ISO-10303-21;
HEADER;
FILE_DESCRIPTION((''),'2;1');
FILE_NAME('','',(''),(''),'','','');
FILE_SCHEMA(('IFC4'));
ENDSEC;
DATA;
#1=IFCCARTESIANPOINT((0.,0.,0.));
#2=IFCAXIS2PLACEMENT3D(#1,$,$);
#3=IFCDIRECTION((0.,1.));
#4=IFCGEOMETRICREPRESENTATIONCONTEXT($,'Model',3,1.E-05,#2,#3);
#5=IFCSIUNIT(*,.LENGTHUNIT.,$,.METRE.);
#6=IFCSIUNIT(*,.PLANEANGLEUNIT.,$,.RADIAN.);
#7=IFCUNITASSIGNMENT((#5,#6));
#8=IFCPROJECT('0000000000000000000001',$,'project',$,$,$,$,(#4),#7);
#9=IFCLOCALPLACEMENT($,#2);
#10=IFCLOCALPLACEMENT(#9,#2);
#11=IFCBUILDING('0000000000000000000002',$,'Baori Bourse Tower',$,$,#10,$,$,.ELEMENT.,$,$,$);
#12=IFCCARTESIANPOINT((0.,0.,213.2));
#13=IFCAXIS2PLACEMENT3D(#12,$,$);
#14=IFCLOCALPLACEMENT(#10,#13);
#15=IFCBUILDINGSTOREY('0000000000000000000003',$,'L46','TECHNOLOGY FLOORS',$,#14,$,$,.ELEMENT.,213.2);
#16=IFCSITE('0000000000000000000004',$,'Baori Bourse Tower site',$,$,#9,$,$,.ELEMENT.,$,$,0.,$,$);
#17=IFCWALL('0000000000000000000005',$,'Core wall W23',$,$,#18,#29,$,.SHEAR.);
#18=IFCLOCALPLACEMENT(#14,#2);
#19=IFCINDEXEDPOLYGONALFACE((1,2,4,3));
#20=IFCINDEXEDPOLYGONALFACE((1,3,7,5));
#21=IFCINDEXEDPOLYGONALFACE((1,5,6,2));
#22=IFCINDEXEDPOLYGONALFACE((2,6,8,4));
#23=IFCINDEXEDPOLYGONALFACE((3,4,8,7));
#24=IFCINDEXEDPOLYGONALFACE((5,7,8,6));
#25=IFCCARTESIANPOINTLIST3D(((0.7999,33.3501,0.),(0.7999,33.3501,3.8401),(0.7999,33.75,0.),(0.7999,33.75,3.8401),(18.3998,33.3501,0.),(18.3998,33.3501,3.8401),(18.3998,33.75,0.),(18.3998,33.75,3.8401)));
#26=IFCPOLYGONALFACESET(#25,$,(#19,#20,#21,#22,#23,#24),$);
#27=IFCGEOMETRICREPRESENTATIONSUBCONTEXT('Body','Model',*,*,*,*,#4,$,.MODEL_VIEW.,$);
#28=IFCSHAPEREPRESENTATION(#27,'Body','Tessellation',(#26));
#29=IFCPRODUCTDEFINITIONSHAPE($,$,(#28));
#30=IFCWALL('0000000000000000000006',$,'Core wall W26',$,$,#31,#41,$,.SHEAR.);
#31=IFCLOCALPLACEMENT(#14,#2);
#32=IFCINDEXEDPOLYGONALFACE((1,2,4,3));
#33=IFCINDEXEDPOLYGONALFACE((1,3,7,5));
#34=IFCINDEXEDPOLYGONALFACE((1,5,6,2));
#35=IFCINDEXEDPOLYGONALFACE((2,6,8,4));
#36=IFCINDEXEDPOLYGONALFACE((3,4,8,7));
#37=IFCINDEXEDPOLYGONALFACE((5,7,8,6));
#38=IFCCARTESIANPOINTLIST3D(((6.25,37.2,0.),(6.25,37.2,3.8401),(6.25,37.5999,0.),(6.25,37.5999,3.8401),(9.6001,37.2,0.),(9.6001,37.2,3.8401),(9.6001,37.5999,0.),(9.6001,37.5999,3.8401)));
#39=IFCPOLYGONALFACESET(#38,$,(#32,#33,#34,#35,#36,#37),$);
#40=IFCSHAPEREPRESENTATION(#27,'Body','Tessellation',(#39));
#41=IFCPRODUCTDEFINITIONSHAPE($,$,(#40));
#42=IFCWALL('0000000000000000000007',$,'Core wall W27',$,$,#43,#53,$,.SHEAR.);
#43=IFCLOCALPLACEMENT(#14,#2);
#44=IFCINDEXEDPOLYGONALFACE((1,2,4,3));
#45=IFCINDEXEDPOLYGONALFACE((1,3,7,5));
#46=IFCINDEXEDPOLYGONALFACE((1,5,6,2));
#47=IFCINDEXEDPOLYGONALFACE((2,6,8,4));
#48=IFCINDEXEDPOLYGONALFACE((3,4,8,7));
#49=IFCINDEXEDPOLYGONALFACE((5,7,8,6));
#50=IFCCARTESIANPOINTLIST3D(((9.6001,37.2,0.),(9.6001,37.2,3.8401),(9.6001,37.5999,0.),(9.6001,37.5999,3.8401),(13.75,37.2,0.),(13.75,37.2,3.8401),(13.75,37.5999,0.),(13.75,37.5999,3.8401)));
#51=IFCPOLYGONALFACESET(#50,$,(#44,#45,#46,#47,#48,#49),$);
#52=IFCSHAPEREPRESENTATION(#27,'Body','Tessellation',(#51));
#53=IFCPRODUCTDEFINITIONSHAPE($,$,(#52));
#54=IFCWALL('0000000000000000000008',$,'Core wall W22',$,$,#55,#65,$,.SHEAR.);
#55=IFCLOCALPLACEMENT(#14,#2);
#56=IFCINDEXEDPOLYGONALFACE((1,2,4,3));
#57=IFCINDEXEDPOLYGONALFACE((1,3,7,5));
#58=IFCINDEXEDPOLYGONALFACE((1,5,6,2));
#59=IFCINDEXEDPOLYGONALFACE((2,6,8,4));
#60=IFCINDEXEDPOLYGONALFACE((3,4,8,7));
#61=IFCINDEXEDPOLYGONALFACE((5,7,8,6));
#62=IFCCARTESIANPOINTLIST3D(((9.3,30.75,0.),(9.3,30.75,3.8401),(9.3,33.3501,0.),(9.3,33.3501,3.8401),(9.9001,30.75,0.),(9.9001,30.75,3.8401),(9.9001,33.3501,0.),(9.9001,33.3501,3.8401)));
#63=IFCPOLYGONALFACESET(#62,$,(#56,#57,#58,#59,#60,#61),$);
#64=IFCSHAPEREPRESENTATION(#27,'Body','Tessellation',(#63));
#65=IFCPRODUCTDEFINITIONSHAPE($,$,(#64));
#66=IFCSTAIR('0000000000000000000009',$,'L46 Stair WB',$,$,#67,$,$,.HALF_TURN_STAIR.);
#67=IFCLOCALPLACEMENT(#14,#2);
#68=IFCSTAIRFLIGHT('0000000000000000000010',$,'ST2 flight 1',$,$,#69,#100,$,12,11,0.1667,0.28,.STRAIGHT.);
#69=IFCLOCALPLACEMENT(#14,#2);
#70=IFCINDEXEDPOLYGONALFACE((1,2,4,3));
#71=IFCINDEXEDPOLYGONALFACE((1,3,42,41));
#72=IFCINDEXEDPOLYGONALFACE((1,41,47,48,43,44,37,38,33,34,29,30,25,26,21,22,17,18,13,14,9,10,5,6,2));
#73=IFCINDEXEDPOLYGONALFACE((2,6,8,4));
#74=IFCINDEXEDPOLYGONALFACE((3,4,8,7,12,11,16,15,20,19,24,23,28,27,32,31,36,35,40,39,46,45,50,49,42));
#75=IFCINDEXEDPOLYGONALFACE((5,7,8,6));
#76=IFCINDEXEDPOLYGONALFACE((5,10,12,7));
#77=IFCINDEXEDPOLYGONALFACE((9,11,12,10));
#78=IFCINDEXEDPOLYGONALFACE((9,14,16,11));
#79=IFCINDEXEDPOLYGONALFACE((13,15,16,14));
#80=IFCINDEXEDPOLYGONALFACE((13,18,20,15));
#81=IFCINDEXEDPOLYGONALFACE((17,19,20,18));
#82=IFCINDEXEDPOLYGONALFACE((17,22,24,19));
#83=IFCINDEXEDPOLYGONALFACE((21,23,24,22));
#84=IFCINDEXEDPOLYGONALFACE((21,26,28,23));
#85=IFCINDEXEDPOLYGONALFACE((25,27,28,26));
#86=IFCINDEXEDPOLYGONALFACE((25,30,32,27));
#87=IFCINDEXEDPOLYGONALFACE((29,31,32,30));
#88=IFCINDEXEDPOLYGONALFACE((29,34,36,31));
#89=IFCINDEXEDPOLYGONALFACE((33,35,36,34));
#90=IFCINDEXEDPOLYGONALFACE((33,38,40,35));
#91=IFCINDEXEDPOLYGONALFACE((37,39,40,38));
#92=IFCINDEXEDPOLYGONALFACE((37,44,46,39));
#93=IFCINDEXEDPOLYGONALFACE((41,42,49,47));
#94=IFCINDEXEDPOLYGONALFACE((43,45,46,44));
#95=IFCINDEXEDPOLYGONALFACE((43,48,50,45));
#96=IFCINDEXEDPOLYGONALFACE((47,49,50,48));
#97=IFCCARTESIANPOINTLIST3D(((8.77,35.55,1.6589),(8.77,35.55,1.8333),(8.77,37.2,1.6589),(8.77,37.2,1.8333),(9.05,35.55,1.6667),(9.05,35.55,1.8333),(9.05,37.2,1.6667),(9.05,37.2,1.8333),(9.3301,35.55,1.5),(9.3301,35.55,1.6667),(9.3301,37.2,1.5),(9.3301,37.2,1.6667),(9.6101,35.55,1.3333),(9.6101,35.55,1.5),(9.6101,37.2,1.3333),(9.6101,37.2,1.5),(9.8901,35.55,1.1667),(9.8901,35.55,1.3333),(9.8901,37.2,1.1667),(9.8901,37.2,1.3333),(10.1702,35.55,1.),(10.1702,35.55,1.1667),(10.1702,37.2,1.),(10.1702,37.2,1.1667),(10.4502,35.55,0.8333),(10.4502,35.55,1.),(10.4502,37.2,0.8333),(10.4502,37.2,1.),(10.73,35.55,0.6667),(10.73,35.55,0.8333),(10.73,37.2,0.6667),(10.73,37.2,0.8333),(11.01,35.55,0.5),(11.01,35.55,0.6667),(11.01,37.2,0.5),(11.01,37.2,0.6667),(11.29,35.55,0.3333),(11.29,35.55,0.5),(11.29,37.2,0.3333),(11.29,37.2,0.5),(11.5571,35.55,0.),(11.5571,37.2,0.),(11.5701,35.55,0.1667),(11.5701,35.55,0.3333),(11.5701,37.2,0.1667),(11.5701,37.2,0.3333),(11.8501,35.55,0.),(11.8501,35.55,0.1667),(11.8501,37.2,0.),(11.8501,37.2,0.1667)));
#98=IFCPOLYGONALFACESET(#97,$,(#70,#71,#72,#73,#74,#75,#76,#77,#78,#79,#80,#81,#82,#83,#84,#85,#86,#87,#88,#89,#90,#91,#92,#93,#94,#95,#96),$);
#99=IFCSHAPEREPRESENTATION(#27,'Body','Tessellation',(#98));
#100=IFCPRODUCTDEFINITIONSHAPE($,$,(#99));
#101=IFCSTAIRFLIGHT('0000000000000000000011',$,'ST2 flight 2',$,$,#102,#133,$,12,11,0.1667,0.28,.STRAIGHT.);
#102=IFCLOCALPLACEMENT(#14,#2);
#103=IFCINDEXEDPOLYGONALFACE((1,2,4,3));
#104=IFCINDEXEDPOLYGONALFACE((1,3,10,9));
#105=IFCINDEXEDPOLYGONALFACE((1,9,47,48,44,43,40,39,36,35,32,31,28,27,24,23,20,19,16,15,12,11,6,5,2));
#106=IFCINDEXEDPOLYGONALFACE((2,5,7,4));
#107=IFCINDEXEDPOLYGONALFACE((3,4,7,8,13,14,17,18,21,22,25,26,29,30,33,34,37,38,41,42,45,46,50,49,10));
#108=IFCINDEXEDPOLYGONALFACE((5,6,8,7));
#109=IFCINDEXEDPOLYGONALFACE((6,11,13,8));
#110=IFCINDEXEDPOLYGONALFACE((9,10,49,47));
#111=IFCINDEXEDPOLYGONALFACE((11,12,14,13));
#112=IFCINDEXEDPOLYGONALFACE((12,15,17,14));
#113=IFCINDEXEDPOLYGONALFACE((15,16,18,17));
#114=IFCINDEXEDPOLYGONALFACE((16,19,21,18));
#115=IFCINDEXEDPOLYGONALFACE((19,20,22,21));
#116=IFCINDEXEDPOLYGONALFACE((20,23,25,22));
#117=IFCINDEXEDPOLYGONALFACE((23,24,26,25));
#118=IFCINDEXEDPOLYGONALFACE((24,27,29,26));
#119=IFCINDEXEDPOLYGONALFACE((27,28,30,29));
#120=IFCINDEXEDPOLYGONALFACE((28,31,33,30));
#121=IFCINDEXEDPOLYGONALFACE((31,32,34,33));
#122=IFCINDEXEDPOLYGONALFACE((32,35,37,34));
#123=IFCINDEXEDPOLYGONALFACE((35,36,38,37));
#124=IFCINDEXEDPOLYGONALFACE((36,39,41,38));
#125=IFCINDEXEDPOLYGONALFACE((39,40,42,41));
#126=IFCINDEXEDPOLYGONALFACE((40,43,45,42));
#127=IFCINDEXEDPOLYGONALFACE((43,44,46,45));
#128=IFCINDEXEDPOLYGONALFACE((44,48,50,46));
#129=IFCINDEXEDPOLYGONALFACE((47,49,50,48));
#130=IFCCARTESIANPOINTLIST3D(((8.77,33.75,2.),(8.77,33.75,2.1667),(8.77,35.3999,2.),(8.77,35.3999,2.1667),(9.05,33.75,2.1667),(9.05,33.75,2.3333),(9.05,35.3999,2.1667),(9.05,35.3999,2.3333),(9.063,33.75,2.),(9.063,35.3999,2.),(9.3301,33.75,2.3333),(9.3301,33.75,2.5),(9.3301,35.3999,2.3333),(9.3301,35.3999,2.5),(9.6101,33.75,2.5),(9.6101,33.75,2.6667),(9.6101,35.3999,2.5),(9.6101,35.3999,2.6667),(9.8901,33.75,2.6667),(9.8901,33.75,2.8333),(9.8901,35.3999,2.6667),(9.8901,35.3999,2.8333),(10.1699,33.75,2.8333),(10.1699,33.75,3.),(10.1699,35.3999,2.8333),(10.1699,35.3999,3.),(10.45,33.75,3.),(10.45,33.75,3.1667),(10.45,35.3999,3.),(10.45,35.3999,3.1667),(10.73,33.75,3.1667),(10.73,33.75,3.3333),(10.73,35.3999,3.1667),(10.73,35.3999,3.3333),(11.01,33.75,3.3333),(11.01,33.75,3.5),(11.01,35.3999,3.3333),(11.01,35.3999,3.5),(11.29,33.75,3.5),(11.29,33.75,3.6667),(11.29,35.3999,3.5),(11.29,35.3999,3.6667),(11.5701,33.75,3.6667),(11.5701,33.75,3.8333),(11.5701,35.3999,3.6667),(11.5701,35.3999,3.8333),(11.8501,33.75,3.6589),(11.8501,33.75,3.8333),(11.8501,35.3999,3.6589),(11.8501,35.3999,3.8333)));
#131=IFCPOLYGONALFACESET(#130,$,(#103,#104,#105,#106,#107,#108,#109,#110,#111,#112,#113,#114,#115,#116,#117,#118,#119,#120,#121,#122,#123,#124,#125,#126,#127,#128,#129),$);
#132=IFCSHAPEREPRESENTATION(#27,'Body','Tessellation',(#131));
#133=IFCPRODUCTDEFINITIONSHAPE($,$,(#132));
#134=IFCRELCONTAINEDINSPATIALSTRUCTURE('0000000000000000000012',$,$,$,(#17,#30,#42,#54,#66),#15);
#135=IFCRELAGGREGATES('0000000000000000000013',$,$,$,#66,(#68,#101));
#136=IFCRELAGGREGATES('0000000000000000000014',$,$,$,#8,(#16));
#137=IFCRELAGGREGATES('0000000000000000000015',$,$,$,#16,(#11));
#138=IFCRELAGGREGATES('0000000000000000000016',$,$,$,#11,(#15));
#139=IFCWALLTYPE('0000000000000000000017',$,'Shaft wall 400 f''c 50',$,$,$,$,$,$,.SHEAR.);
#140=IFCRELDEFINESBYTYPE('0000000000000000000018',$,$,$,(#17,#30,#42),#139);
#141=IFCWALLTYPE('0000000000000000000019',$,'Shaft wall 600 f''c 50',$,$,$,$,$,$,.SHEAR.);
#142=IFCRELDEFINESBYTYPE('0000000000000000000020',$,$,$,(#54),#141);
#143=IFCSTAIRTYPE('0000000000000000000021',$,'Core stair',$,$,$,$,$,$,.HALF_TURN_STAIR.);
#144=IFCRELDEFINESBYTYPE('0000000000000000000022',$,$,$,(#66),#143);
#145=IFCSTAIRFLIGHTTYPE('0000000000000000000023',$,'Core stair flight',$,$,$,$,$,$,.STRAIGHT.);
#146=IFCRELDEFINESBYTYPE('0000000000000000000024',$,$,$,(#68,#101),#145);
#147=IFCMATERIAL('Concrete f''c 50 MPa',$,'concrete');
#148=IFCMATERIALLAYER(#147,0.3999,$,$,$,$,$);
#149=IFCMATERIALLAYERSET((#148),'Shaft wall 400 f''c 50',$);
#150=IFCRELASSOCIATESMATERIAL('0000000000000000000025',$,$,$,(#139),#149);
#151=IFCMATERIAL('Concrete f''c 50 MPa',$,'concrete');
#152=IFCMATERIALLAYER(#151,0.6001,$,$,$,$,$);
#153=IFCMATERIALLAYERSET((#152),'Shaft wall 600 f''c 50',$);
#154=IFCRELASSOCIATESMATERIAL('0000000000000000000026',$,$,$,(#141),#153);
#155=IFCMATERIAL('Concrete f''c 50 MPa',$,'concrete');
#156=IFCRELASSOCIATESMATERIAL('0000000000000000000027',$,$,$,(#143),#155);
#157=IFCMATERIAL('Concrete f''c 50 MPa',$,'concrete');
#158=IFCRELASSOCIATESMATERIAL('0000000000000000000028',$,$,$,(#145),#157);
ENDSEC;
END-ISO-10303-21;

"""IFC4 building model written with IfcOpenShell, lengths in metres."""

from ifc_helpers import new_model, si_unit, direction, frame, frame_2d, origin, place, context, subcontext, project, spatial, polyline, rectangle, outline, extrude, material, layer, layer_set, type_object, element, aggregate, save


model = new_model("IFC4")

# Units and contexts
model_context = context("Model", 3, precision=1e-05, world=origin(), true_north=direction((0.0, 1.0)))
body_context = subcontext(model_context, "Body", "Model", "MODEL_VIEW")
ifc_project = project(units=[si_unit("LENGTHUNIT", "METRE"), si_unit("PLANEANGLEUNIT", "RADIAN")], contexts=[model_context])

# Site, building, storey
site_placement = place(None, origin())
site = spatial("IfcSite", under=ifc_project, at=site_placement, Name="Baori Bourse Tower site", CompositionType="ELEMENT", RefElevation=0.0)
building_placement = place(site_placement, origin())
building = spatial("IfcBuilding", under=site, at=building_placement, Name="Baori Bourse Tower", CompositionType="ELEMENT")
storey_placement = place(building_placement, frame((0.0, 0.0, 213.2)))
storey = spatial("IfcBuildingStorey", under=building, at=storey_placement, Name="L46", Description="TECHNOLOGY FLOORS", CompositionType="ELEMENT", Elevation=213.2)

# Shared definitions
ifc_material_1 = material(Name="Concrete f'c 50 MPa", Category="concrete")
ifc_layer_1 = layer(ifc_material_1, 0.3999)
ifc_layer_set_1 = layer_set([ifc_layer_1], Name="Shaft wall 400 f'c 50")
wall_type_1 = type_object("IfcWallType", Name="Shaft wall 400 f'c 50", PredefinedType="SHEAR", material=ifc_layer_set_1)

# Walls
wall_1_placement = place(storey_placement, frame((0.8, 33.55, 0.0), z_axis=(0.0, 0.0, 1.0), x_axis=(1.0, 0.0, 0.0)))
element("IfcWall", 1, at=wall_1_placement, inside=storey, type_object=wall_type_1, Name="Core wall W23", PredefinedType="SHEAR", context=body_context, shape_type="SweptSolid", body=[
    extrude(rectangle(XDim=17.5999, YDim=0.3999, at=frame_2d((8.7998, 0.0))), origin(), (0.0, 0.0, 1.0), 3.8401),
])
wall_2_placement = place(storey_placement, frame((6.25, 37.3999, 0.0), z_axis=(0.0, 0.0, 1.0), x_axis=(1.0, 0.0, 0.0)))
element("IfcWall", 2, at=wall_2_placement, inside=storey, type_object=wall_type_1, Name="Core wall W26", PredefinedType="SHEAR", context=body_context, shape_type="SweptSolid", body=[
    extrude(rectangle(XDim=3.3501, YDim=0.3999, at=frame_2d((1.675, 0.0))), origin(), (0.0, 0.0, 1.0), 3.8401),
])
wall_3_placement = place(storey_placement, frame((9.6001, 37.3999, 0.0), z_axis=(0.0, 0.0, 1.0), x_axis=(1.0, 0.0, 0.0)))
element("IfcWall", 3, at=wall_3_placement, inside=storey, type_object=wall_type_1, Name="Core wall W27", PredefinedType="SHEAR", context=body_context, shape_type="SweptSolid", body=[
    extrude(rectangle(XDim=4.1499, YDim=0.3999, at=frame_2d((2.075, 0.0))), origin(), (0.0, 0.0, 1.0), 3.8401),
])
ifc_material_2 = material(Name="Concrete f'c 50 MPa", Category="concrete")
ifc_layer_2 = layer(ifc_material_2, 0.6001)
ifc_layer_set_2 = layer_set([ifc_layer_2], Name="Shaft wall 600 f'c 50")
wall_type_2 = type_object("IfcWallType", Name="Shaft wall 600 f'c 50", PredefinedType="SHEAR", material=ifc_layer_set_2)
wall_4_placement = place(storey_placement, frame((9.6001, 30.75, 0.0), z_axis=(0.0, 0.0, 1.0), x_axis=(0.0, 1.0, 0.0)))
element("IfcWall", 4, at=wall_4_placement, inside=storey, type_object=wall_type_2, Name="Core wall W22", PredefinedType="SHEAR", context=body_context, shape_type="SweptSolid", body=[
    extrude(rectangle(XDim=2.6001, YDim=0.6001, at=frame_2d((1.3, 0.0))), origin(), (0.0, 0.0, 1.0), 3.8401),
])

# Stair, stair flights
ifc_material_3 = material(Name="Concrete f'c 50 MPa", Category="concrete")
stair_type = type_object("IfcStairType", Name="Core stair", PredefinedType="HALF_TURN_STAIR", material=ifc_material_3)
stair_placement = place(storey_placement, origin())
stair = element("IfcStair", 5, at=stair_placement, inside=storey, type_object=stair_type, Name="L46 Stair WB", PredefinedType="HALF_TURN_STAIR")
ifc_material_4 = material(Name="Concrete f'c 50 MPa", Category="concrete")
stair_flight_type = type_object("IfcStairFlightType", Name="Core stair flight", PredefinedType="STRAIGHT", material=ifc_material_4)
stair_flight_1_placement = place(storey_placement, frame((11.8501, 36.375, 0.0), z_axis=(0.0, 0.0, 1.0), x_axis=(-1.0, 0.0, 0.0)))
stair_flight_1 = element("IfcStairFlight", 6, at=stair_flight_1_placement, type_object=stair_flight_type, Name="ST2 flight 1", NumberOfRisers=12, NumberOfTreads=11, PredefinedType="STRAIGHT", RiserHeight=0.1667, TreadLength=0.28, context=body_context, shape_type="SweptSolid", body=[
    extrude(outline(polyline([(0.0, 0.0), (0.0, 0.1667), (0.28, 0.1667), (0.28, 0.3333), (0.5601, 0.3333), (0.5601, 0.5), (0.8401, 0.5), (0.8401, 0.6667), (1.1201, 0.6667), (1.1201, 0.8333), (1.3999, 0.8333), (1.3999, 1.0), (1.6799, 1.0), (1.6799, 1.1667), (1.96, 1.1667), (1.96, 1.3333), (2.24, 1.3333), (2.24, 1.5), (2.52, 1.5), (2.52, 1.6667), (2.8, 1.6667), (2.8, 1.8333), (3.0801, 1.8333), (3.0801, 2.0), (3.0801, 1.6589), (0.293, 0.0), (0.0, 0.0)])), frame((0.0, 0.825, 0.0), z_axis=(0.0, -1.0, 0.0), x_axis=(1.0, 0.0, 0.0)), (0.0, 0.0, 1.0), 1.6499),
])
stair_flight_2_placement = place(storey_placement, frame((8.77, 34.575, 2.0), z_axis=(0.0, 0.0, 1.0), x_axis=(1.0, 0.0, 0.0)))
stair_flight_2 = element("IfcStairFlight", 7, at=stair_flight_2_placement, type_object=stair_flight_type, Name="ST2 flight 2", NumberOfRisers=12, NumberOfTreads=11, PredefinedType="STRAIGHT", RiserHeight=0.1667, TreadLength=0.28, context=body_context, shape_type="SweptSolid", body=[
    extrude(outline(polyline([(0.0, 0.0), (0.0, 0.1667), (0.28, 0.1667), (0.28, 0.3333), (0.5601, 0.3333), (0.5601, 0.5), (0.8401, 0.5), (0.8401, 0.6667), (1.1201, 0.6667), (1.1201, 0.8333), (1.3999, 0.8333), (1.3999, 1.0), (1.6799, 1.0), (1.6799, 1.1667), (1.96, 1.1667), (1.96, 1.3333), (2.24, 1.3333), (2.24, 1.5), (2.52, 1.5), (2.52, 1.6667), (2.8, 1.6667), (2.8, 1.8333), (3.0801, 1.8333), (3.0801, 2.0), (3.0801, 1.6589), (0.293, 0.0), (0.0, 0.0)])), frame((0.0, 0.825, 0.0), z_axis=(0.0, -1.0, 0.0), x_axis=(1.0, 0.0, 0.0)), (0.0, 0.0, 1.0), 1.6499),
])
aggregate(stair, [stair_flight_1, stair_flight_2])

save(model, "model.ifc")
